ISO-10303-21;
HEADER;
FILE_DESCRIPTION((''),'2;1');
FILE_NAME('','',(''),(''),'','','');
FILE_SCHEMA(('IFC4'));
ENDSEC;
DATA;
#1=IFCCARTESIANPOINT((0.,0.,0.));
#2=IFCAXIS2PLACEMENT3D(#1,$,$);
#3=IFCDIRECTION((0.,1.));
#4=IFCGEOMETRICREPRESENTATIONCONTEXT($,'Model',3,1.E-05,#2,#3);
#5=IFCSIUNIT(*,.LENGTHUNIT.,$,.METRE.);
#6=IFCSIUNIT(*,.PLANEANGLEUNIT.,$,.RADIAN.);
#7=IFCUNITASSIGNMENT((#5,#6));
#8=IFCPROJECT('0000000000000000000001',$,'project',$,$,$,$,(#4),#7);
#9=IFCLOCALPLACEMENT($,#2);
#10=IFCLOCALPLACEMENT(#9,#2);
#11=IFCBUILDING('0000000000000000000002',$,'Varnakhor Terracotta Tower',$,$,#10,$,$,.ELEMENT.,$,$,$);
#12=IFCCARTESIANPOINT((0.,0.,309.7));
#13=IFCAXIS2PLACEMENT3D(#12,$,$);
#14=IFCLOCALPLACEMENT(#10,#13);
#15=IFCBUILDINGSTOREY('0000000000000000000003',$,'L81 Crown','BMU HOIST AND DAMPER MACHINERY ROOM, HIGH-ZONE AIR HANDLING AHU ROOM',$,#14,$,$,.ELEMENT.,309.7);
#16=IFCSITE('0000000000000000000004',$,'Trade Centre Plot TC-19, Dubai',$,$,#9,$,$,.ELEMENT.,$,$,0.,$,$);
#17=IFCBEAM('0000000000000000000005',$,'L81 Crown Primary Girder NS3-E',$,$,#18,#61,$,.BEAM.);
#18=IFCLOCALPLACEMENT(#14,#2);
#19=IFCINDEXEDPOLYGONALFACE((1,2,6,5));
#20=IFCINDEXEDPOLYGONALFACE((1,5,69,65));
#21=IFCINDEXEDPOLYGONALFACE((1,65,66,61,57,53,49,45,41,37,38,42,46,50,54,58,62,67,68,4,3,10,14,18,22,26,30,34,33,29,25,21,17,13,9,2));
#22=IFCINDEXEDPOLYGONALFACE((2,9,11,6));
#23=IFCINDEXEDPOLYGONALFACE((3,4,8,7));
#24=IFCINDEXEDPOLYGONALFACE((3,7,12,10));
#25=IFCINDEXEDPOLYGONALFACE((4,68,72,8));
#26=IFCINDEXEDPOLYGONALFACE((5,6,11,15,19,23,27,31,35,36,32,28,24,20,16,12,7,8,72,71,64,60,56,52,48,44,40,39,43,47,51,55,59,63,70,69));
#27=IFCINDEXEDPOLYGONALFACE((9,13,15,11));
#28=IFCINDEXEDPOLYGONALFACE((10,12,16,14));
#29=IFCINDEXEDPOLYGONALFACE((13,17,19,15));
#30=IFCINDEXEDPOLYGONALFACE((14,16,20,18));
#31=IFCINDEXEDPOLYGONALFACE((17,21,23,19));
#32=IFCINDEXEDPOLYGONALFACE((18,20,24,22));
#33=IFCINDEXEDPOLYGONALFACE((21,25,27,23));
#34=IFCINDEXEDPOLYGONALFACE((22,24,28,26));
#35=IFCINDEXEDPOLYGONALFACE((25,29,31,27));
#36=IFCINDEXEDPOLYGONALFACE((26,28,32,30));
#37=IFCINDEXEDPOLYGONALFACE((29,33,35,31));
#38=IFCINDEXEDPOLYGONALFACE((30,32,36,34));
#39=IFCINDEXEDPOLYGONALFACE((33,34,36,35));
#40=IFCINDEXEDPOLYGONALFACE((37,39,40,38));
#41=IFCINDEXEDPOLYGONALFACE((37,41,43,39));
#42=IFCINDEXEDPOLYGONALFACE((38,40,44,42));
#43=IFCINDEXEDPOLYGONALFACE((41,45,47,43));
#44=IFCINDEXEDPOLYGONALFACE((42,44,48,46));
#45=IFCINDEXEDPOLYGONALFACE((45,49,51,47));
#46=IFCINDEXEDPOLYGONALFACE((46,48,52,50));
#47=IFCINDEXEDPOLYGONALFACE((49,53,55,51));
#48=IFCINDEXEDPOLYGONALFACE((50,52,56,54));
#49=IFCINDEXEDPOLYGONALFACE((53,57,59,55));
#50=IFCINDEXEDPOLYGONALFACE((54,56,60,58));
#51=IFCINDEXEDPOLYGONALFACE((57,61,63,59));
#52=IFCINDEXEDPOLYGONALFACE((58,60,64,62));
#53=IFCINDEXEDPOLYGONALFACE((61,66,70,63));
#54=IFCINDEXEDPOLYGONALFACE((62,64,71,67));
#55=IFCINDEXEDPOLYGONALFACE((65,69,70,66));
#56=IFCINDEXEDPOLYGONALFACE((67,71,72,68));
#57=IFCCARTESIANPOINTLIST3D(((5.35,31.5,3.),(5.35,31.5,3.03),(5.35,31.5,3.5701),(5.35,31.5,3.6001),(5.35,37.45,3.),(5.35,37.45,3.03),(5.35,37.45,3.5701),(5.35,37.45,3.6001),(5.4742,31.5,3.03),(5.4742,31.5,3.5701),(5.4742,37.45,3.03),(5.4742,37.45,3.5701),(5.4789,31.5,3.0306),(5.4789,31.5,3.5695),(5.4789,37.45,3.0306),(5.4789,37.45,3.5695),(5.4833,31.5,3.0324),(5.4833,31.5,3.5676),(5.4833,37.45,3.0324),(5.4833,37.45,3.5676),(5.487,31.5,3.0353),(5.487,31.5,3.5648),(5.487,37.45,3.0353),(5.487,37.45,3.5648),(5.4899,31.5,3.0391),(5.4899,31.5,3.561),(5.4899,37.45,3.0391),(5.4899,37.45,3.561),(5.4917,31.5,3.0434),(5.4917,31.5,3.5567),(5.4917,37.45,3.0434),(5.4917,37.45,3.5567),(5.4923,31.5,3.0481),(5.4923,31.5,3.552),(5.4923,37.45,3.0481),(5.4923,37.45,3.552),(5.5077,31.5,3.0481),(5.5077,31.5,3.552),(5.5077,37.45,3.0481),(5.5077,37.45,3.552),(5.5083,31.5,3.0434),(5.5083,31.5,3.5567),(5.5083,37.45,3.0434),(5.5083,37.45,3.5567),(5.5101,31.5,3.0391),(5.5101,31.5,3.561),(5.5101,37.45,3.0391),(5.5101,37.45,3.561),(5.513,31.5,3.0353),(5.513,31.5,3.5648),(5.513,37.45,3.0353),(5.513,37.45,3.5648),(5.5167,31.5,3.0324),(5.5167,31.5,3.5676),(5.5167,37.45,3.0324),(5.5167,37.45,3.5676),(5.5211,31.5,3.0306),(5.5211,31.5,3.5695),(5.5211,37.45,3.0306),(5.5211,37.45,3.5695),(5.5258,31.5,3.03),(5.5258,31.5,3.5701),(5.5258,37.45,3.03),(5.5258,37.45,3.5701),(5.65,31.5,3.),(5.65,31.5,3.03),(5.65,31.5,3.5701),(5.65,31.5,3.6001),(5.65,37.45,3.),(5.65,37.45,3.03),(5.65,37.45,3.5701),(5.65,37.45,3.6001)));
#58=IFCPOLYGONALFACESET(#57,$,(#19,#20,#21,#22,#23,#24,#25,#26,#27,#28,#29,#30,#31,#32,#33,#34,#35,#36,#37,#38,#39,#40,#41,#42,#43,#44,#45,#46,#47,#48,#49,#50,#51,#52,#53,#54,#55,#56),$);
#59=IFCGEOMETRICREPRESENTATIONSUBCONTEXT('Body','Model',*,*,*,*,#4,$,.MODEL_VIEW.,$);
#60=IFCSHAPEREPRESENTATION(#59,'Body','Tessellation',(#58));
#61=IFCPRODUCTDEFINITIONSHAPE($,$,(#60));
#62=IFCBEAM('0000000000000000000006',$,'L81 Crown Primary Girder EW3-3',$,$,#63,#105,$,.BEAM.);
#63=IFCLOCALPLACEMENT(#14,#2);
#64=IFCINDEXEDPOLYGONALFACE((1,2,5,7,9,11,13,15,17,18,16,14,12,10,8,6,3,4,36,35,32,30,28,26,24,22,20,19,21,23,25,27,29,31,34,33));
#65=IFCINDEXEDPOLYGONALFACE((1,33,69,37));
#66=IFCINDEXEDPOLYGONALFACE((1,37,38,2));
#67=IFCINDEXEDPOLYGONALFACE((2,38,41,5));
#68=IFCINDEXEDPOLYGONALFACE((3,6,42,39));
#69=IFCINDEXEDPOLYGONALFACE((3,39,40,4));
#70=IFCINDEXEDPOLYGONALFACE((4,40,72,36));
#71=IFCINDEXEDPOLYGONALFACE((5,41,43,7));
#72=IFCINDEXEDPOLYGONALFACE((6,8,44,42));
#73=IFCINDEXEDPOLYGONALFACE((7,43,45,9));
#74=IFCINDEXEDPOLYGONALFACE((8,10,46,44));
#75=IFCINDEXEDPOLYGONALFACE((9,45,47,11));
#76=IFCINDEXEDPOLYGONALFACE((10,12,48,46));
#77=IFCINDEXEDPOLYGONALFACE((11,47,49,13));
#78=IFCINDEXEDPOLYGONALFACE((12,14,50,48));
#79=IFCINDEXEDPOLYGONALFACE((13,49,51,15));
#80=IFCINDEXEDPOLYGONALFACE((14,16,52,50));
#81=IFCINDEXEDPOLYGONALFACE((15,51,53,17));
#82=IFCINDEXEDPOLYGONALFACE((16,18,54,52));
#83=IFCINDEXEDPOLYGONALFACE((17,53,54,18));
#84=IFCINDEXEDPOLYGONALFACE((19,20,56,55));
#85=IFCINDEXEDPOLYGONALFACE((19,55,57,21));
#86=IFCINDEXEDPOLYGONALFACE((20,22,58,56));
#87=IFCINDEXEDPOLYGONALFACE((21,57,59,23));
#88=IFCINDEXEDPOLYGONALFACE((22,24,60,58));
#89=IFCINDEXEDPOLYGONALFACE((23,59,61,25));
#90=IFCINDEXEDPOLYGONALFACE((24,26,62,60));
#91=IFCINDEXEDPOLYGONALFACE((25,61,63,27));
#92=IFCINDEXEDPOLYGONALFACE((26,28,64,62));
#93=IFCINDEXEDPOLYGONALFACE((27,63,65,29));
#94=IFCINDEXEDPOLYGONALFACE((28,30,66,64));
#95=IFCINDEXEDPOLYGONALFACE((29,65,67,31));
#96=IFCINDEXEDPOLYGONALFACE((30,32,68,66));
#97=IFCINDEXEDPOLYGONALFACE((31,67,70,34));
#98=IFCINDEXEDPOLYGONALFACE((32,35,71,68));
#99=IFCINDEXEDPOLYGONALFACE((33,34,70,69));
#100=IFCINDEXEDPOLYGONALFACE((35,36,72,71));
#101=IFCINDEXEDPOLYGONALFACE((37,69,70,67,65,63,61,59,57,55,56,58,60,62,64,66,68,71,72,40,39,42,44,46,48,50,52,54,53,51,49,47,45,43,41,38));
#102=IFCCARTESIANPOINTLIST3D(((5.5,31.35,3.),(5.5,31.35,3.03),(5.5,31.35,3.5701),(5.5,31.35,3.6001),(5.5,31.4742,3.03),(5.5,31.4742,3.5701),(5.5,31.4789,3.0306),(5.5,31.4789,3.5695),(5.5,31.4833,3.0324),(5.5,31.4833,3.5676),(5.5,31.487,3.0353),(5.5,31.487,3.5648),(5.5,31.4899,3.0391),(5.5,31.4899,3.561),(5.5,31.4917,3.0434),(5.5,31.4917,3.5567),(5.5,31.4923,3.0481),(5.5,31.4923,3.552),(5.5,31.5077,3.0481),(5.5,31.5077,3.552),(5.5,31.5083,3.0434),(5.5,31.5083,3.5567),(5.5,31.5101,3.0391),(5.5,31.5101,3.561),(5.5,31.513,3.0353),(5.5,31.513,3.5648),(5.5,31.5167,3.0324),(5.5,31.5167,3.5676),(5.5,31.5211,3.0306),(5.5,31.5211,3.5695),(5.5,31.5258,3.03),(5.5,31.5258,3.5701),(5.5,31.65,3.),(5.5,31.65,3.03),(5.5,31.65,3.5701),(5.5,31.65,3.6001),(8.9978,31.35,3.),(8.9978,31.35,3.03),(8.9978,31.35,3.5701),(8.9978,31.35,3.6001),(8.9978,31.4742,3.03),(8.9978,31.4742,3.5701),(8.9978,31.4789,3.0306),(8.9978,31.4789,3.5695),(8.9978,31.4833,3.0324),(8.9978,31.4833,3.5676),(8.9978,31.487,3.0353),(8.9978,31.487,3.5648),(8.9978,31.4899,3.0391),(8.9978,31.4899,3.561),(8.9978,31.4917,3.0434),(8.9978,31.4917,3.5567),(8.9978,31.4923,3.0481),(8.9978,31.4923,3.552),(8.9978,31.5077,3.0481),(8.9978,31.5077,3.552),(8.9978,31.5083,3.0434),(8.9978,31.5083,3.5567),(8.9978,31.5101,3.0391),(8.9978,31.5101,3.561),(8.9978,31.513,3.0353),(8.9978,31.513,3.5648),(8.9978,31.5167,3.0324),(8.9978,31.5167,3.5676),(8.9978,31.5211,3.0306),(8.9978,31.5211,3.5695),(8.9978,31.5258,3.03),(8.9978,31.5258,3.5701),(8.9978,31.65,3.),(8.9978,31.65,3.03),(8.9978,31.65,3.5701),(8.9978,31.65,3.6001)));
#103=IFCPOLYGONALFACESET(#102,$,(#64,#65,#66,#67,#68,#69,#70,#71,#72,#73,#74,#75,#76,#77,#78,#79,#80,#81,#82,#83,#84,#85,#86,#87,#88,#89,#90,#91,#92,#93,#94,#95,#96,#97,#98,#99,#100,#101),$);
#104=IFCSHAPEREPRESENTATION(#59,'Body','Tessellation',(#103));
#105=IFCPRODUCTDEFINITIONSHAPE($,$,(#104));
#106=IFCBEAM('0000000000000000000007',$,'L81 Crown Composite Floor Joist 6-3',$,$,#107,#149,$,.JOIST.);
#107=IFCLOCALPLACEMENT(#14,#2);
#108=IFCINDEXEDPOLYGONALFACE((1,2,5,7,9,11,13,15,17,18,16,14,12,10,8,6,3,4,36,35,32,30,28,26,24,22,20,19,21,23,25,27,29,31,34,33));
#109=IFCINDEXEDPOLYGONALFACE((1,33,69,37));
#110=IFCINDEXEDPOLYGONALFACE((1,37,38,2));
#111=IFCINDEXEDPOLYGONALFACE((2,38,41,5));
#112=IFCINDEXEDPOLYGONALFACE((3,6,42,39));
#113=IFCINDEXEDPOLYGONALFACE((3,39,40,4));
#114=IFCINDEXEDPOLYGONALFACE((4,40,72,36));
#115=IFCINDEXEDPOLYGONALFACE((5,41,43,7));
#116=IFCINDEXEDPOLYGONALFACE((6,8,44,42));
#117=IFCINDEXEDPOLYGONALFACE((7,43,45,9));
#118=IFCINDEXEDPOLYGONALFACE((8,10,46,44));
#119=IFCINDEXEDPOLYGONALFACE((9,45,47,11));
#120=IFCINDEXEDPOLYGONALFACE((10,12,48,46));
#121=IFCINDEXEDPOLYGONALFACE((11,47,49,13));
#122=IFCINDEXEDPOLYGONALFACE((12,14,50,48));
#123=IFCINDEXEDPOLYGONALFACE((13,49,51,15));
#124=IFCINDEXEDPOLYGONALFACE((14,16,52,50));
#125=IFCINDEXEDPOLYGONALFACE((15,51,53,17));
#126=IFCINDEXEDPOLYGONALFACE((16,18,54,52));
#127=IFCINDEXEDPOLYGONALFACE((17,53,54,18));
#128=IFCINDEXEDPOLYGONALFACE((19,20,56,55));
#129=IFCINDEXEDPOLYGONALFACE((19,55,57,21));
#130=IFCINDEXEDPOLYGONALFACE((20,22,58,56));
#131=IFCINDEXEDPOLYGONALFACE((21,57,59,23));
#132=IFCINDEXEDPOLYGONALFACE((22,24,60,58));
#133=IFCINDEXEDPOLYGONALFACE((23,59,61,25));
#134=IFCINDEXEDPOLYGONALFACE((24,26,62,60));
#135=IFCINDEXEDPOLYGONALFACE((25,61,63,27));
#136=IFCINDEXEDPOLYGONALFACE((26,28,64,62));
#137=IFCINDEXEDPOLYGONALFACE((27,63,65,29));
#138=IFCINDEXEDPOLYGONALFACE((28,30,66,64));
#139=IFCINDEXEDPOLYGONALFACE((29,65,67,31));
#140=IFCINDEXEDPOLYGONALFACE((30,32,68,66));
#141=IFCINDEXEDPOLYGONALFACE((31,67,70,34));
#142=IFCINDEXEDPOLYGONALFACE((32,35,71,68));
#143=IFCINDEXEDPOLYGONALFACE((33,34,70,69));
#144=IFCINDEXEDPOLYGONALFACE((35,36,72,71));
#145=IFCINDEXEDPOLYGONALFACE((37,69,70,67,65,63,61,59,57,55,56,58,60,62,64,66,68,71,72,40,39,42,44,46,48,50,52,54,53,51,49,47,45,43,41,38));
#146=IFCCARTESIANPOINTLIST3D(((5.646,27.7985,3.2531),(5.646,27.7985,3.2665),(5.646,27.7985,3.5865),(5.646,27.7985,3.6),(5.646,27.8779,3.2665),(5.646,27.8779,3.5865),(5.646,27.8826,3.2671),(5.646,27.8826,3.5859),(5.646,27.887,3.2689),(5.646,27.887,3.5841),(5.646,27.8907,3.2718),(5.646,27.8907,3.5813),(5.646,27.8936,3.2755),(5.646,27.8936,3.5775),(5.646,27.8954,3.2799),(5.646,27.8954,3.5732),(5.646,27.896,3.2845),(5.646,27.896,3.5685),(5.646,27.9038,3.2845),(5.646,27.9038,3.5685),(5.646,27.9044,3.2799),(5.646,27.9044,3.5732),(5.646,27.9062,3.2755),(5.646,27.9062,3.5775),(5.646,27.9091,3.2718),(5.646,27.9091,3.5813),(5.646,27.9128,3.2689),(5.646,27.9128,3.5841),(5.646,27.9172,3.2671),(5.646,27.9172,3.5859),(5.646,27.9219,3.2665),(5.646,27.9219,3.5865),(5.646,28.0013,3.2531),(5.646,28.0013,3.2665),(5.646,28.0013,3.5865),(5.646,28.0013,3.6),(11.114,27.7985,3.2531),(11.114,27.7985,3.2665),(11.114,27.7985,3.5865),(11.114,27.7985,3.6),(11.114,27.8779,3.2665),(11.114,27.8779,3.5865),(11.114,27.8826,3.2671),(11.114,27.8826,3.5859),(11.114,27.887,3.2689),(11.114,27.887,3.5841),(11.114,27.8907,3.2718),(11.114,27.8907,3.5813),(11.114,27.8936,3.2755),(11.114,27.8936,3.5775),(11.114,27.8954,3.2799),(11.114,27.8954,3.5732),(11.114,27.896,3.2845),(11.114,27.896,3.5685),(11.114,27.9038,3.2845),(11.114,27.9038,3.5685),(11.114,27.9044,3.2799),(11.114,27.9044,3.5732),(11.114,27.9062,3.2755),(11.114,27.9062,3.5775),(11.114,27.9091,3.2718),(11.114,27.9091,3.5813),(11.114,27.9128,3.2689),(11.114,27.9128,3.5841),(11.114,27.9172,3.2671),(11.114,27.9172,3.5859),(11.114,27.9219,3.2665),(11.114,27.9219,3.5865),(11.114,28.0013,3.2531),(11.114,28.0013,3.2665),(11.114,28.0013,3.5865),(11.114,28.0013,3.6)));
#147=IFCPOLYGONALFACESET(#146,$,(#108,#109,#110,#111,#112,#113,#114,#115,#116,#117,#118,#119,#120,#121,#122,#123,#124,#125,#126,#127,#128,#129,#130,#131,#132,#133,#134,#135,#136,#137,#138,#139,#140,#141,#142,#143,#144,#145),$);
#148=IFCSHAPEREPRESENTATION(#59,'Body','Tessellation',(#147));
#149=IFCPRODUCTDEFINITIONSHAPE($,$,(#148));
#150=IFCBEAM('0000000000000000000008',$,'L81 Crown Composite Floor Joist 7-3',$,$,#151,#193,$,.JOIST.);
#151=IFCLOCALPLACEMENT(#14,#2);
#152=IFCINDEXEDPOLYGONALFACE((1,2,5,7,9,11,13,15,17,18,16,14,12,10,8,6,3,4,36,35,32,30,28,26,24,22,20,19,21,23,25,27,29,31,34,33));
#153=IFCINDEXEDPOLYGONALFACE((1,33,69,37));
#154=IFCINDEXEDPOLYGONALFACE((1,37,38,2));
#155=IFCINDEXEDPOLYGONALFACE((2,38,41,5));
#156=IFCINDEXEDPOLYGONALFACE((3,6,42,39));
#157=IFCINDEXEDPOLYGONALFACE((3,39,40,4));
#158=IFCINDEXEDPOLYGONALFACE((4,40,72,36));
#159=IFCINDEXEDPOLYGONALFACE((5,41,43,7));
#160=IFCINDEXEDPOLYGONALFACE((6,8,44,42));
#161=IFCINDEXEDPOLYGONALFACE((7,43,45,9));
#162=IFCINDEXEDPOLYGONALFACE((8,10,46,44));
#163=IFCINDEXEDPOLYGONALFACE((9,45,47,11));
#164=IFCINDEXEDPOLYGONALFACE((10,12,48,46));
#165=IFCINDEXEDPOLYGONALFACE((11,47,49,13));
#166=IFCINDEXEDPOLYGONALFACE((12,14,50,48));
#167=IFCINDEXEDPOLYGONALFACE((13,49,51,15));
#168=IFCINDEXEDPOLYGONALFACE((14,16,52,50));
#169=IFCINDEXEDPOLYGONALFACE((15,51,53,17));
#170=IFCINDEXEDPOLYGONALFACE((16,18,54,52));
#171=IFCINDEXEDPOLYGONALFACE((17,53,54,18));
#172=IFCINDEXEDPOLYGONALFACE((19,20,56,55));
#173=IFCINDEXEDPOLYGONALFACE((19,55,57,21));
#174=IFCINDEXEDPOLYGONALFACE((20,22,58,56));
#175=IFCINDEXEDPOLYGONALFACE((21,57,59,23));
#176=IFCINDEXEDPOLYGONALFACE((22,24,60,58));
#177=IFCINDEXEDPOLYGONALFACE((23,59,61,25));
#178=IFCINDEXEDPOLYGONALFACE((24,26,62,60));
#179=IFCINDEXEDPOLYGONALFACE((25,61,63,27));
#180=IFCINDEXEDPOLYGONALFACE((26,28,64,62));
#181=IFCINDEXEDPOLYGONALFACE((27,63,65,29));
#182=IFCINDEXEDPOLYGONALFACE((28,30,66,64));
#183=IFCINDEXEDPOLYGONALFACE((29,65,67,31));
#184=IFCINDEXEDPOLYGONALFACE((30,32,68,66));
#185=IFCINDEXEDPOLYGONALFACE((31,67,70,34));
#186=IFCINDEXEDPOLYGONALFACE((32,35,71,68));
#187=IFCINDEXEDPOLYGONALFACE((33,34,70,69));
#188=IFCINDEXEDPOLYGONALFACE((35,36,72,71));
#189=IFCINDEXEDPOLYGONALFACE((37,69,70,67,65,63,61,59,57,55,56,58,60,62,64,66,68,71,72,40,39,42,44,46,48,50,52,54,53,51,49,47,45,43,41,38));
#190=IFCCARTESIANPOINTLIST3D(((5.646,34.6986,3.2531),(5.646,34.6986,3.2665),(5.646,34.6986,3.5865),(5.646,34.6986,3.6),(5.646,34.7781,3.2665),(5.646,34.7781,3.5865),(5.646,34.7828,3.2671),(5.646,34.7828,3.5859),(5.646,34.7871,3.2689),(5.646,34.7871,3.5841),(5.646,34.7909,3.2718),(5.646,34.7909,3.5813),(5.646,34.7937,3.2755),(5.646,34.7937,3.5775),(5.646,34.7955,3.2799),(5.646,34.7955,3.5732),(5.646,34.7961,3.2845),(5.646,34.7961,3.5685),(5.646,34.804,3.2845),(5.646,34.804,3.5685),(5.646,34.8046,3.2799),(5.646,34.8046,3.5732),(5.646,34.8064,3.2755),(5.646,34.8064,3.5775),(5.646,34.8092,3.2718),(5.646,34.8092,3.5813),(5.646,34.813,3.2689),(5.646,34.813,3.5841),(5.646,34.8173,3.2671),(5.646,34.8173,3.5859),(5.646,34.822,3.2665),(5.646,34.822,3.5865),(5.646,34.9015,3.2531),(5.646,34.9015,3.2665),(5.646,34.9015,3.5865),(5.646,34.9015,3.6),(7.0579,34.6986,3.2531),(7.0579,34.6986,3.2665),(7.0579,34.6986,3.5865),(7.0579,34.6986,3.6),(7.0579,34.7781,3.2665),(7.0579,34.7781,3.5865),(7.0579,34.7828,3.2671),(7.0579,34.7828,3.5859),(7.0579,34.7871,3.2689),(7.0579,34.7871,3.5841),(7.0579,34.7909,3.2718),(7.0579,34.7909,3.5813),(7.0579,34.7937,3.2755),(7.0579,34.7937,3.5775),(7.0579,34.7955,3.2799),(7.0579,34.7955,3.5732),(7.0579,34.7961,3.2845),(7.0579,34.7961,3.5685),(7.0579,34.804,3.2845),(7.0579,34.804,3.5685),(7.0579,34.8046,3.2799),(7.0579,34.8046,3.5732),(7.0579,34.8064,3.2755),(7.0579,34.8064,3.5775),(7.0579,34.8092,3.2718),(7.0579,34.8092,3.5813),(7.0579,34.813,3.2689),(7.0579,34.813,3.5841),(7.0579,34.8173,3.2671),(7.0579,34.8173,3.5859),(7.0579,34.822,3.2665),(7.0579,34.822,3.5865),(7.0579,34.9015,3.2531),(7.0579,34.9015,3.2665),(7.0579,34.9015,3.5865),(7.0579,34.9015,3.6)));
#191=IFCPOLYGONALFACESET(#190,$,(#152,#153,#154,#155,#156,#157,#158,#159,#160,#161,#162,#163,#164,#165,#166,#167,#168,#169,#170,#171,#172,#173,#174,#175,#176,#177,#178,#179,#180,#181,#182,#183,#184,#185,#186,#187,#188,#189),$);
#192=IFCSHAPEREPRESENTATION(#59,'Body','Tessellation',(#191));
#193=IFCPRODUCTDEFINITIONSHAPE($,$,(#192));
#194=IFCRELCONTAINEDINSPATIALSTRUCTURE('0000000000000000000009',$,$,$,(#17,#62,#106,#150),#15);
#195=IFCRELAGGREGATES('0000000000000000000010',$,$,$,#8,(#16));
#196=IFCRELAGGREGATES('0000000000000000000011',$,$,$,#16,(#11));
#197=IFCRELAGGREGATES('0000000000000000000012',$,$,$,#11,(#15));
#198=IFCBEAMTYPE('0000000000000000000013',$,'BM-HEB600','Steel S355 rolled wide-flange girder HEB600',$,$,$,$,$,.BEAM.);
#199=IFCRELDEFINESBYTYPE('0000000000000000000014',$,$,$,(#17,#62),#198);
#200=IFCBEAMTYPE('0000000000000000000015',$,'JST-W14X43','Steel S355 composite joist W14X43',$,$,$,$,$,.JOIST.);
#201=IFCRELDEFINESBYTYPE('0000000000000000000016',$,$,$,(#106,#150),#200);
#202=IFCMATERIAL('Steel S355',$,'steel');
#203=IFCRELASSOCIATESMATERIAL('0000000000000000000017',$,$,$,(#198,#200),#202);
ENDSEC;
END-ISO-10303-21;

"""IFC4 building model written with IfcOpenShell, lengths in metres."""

from ifc_helpers import new_model, si_unit, direction, frame, origin, origin_2d, place, context, subcontext, project, spatial, i_section, extrude, source, transform, mapped, material, material_profile, profile_set, type_object, element, save


model = new_model("IFC4")

# Units and contexts
model_context = context("Model", 3, precision=1e-05, world=origin(), true_north=direction((0.0, 1.0)))
body_context = subcontext(model_context, "Body", "Model", "MODEL_VIEW")
ifc_project = project(units=[si_unit("LENGTHUNIT", "METRE"), si_unit("PLANEANGLEUNIT", "RADIAN")], contexts=[model_context])

# Site, building, storey
site_placement = place(None, origin())
site = spatial("IfcSite", under=ifc_project, at=site_placement, Name="Trade Centre Plot TC-19, Dubai", CompositionType="ELEMENT", RefElevation=0.0)
building_placement = place(site_placement, origin())
building = spatial("IfcBuilding", under=site, at=building_placement, Name="Varnakhor Terracotta Tower", CompositionType="ELEMENT")
storey_placement = place(building_placement, frame((0.0, 0.0, 309.7)))
storey = spatial("IfcBuildingStorey", under=building, at=storey_placement, Name="L81 Crown", Description="BMU HOIST AND DAMPER MACHINERY ROOM, HIGH-ZONE AIR HANDLING AHU ROOM", CompositionType="ELEMENT", Elevation=309.7)

# Shared definitions
ifc_material_1 = material(Name="Steel S355", Category="steel")

# Beams
ifc_material_profile_1 = material_profile(ifc_material_1, i_section(OverallWidth=0.3, OverallDepth=0.6001, WebThickness=0.0154, FlangeThickness=0.03, FilletRadius=0.0181, at=origin_2d()), Name="HEB600")
ifc_profile_set_1 = profile_set([ifc_material_profile_1], Name="Steel S355")
beam_type_1 = type_object("IfcBeamType", Name="BM-HEB600", Description="Steel S355 rolled wide-flange girder HEB600", PredefinedType="BEAM", material=ifc_profile_set_1)
shared_shape_1 = source(origin(), body_context, "Body", "SweptSolid", [
    extrude(i_section(OverallWidth=0.3, OverallDepth=0.6001, WebThickness=0.0154, FlangeThickness=0.03, FilletRadius=0.0181, at=origin_2d()), origin(), (0.0, 0.0, 1.0), 5.95),
])
beam_1_placement = place(storey_placement, frame((5.5, 31.5, 3.3), z_axis=(0.0, 1.0, 0.0), x_axis=(-1.0, 0.0, 0.0)))
element("IfcBeam", 1, at=beam_1_placement, inside=storey, type_object=beam_type_1, Name="L81 Crown Primary Girder NS3-E", PredefinedType="BEAM", context=body_context, shape_type="MappedRepresentation", body=[
    mapped(shared_shape_1, transform((0.0, 0.0, 0.0), scale=1.0)),
])
shared_shape_2 = source(origin(), body_context, "Body", "SweptSolid", [
    extrude(i_section(OverallWidth=0.3, OverallDepth=0.6001, WebThickness=0.0154, FlangeThickness=0.03, FilletRadius=0.0181, at=origin_2d()), origin(), (0.0, 0.0, 1.0), 3.4978),
])
beam_2_placement = place(storey_placement, frame((5.5, 31.5, 3.3), z_axis=(1.0, 0.0, 0.0), x_axis=(0.0, 1.0, 0.0)))
element("IfcBeam", 2, at=beam_2_placement, inside=storey, type_object=beam_type_1, Name="L81 Crown Primary Girder EW3-3", PredefinedType="BEAM", context=body_context, shape_type="MappedRepresentation", body=[
    mapped(shared_shape_2, transform((0.0, 0.0, 0.0), scale=1.0)),
])
ifc_material_profile_2 = material_profile(ifc_material_1, i_section(OverallWidth=0.2029, OverallDepth=0.3469, WebThickness=0.0078, FlangeThickness=0.0134, FilletRadius=0.0181, at=origin_2d()), Name="W14X43")
ifc_profile_set_2 = profile_set([ifc_material_profile_2], Name="Steel S355")
beam_type_2 = type_object("IfcBeamType", Name="JST-W14X43", Description="Steel S355 composite joist W14X43", PredefinedType="JOIST", material=ifc_profile_set_2)
shared_shape_3 = source(origin(), body_context, "Body", "SweptSolid", [
    extrude(i_section(OverallWidth=0.2029, OverallDepth=0.3469, WebThickness=0.0078, FlangeThickness=0.0134, FilletRadius=0.0181, at=origin_2d()), origin(), (0.0, 0.0, 1.0), 5.468),
])
beam_3_placement = place(storey_placement, frame((5.646, 27.8999, 3.4265), z_axis=(1.0, 0.0, 0.0), x_axis=(0.0, 1.0, 0.0)))
element("IfcBeam", 3, at=beam_3_placement, inside=storey, type_object=beam_type_2, Name="L81 Crown Composite Floor Joist 6-3", PredefinedType="JOIST", context=body_context, shape_type="MappedRepresentation", body=[
    mapped(shared_shape_3, transform((0.0, 0.0, 0.0), scale=1.0)),
])
shared_shape_4 = source(origin(), body_context, "Body", "SweptSolid", [
    extrude(i_section(OverallWidth=0.2029, OverallDepth=0.3469, WebThickness=0.0078, FlangeThickness=0.0134, FilletRadius=0.0181, at=origin_2d()), origin(), (0.0, 0.0, 1.0), 1.4119),
])
beam_4_placement = place(storey_placement, frame((5.646, 34.8, 3.4265), z_axis=(1.0, 0.0, 0.0), x_axis=(0.0, 1.0, 0.0)))
element("IfcBeam", 4, at=beam_4_placement, inside=storey, type_object=beam_type_2, Name="L81 Crown Composite Floor Joist 7-3", PredefinedType="JOIST", context=body_context, shape_type="MappedRepresentation", body=[
    mapped(shared_shape_4, transform((0.0, 0.0, 0.0), scale=1.0)),
])

save(model, "model.ifc")
